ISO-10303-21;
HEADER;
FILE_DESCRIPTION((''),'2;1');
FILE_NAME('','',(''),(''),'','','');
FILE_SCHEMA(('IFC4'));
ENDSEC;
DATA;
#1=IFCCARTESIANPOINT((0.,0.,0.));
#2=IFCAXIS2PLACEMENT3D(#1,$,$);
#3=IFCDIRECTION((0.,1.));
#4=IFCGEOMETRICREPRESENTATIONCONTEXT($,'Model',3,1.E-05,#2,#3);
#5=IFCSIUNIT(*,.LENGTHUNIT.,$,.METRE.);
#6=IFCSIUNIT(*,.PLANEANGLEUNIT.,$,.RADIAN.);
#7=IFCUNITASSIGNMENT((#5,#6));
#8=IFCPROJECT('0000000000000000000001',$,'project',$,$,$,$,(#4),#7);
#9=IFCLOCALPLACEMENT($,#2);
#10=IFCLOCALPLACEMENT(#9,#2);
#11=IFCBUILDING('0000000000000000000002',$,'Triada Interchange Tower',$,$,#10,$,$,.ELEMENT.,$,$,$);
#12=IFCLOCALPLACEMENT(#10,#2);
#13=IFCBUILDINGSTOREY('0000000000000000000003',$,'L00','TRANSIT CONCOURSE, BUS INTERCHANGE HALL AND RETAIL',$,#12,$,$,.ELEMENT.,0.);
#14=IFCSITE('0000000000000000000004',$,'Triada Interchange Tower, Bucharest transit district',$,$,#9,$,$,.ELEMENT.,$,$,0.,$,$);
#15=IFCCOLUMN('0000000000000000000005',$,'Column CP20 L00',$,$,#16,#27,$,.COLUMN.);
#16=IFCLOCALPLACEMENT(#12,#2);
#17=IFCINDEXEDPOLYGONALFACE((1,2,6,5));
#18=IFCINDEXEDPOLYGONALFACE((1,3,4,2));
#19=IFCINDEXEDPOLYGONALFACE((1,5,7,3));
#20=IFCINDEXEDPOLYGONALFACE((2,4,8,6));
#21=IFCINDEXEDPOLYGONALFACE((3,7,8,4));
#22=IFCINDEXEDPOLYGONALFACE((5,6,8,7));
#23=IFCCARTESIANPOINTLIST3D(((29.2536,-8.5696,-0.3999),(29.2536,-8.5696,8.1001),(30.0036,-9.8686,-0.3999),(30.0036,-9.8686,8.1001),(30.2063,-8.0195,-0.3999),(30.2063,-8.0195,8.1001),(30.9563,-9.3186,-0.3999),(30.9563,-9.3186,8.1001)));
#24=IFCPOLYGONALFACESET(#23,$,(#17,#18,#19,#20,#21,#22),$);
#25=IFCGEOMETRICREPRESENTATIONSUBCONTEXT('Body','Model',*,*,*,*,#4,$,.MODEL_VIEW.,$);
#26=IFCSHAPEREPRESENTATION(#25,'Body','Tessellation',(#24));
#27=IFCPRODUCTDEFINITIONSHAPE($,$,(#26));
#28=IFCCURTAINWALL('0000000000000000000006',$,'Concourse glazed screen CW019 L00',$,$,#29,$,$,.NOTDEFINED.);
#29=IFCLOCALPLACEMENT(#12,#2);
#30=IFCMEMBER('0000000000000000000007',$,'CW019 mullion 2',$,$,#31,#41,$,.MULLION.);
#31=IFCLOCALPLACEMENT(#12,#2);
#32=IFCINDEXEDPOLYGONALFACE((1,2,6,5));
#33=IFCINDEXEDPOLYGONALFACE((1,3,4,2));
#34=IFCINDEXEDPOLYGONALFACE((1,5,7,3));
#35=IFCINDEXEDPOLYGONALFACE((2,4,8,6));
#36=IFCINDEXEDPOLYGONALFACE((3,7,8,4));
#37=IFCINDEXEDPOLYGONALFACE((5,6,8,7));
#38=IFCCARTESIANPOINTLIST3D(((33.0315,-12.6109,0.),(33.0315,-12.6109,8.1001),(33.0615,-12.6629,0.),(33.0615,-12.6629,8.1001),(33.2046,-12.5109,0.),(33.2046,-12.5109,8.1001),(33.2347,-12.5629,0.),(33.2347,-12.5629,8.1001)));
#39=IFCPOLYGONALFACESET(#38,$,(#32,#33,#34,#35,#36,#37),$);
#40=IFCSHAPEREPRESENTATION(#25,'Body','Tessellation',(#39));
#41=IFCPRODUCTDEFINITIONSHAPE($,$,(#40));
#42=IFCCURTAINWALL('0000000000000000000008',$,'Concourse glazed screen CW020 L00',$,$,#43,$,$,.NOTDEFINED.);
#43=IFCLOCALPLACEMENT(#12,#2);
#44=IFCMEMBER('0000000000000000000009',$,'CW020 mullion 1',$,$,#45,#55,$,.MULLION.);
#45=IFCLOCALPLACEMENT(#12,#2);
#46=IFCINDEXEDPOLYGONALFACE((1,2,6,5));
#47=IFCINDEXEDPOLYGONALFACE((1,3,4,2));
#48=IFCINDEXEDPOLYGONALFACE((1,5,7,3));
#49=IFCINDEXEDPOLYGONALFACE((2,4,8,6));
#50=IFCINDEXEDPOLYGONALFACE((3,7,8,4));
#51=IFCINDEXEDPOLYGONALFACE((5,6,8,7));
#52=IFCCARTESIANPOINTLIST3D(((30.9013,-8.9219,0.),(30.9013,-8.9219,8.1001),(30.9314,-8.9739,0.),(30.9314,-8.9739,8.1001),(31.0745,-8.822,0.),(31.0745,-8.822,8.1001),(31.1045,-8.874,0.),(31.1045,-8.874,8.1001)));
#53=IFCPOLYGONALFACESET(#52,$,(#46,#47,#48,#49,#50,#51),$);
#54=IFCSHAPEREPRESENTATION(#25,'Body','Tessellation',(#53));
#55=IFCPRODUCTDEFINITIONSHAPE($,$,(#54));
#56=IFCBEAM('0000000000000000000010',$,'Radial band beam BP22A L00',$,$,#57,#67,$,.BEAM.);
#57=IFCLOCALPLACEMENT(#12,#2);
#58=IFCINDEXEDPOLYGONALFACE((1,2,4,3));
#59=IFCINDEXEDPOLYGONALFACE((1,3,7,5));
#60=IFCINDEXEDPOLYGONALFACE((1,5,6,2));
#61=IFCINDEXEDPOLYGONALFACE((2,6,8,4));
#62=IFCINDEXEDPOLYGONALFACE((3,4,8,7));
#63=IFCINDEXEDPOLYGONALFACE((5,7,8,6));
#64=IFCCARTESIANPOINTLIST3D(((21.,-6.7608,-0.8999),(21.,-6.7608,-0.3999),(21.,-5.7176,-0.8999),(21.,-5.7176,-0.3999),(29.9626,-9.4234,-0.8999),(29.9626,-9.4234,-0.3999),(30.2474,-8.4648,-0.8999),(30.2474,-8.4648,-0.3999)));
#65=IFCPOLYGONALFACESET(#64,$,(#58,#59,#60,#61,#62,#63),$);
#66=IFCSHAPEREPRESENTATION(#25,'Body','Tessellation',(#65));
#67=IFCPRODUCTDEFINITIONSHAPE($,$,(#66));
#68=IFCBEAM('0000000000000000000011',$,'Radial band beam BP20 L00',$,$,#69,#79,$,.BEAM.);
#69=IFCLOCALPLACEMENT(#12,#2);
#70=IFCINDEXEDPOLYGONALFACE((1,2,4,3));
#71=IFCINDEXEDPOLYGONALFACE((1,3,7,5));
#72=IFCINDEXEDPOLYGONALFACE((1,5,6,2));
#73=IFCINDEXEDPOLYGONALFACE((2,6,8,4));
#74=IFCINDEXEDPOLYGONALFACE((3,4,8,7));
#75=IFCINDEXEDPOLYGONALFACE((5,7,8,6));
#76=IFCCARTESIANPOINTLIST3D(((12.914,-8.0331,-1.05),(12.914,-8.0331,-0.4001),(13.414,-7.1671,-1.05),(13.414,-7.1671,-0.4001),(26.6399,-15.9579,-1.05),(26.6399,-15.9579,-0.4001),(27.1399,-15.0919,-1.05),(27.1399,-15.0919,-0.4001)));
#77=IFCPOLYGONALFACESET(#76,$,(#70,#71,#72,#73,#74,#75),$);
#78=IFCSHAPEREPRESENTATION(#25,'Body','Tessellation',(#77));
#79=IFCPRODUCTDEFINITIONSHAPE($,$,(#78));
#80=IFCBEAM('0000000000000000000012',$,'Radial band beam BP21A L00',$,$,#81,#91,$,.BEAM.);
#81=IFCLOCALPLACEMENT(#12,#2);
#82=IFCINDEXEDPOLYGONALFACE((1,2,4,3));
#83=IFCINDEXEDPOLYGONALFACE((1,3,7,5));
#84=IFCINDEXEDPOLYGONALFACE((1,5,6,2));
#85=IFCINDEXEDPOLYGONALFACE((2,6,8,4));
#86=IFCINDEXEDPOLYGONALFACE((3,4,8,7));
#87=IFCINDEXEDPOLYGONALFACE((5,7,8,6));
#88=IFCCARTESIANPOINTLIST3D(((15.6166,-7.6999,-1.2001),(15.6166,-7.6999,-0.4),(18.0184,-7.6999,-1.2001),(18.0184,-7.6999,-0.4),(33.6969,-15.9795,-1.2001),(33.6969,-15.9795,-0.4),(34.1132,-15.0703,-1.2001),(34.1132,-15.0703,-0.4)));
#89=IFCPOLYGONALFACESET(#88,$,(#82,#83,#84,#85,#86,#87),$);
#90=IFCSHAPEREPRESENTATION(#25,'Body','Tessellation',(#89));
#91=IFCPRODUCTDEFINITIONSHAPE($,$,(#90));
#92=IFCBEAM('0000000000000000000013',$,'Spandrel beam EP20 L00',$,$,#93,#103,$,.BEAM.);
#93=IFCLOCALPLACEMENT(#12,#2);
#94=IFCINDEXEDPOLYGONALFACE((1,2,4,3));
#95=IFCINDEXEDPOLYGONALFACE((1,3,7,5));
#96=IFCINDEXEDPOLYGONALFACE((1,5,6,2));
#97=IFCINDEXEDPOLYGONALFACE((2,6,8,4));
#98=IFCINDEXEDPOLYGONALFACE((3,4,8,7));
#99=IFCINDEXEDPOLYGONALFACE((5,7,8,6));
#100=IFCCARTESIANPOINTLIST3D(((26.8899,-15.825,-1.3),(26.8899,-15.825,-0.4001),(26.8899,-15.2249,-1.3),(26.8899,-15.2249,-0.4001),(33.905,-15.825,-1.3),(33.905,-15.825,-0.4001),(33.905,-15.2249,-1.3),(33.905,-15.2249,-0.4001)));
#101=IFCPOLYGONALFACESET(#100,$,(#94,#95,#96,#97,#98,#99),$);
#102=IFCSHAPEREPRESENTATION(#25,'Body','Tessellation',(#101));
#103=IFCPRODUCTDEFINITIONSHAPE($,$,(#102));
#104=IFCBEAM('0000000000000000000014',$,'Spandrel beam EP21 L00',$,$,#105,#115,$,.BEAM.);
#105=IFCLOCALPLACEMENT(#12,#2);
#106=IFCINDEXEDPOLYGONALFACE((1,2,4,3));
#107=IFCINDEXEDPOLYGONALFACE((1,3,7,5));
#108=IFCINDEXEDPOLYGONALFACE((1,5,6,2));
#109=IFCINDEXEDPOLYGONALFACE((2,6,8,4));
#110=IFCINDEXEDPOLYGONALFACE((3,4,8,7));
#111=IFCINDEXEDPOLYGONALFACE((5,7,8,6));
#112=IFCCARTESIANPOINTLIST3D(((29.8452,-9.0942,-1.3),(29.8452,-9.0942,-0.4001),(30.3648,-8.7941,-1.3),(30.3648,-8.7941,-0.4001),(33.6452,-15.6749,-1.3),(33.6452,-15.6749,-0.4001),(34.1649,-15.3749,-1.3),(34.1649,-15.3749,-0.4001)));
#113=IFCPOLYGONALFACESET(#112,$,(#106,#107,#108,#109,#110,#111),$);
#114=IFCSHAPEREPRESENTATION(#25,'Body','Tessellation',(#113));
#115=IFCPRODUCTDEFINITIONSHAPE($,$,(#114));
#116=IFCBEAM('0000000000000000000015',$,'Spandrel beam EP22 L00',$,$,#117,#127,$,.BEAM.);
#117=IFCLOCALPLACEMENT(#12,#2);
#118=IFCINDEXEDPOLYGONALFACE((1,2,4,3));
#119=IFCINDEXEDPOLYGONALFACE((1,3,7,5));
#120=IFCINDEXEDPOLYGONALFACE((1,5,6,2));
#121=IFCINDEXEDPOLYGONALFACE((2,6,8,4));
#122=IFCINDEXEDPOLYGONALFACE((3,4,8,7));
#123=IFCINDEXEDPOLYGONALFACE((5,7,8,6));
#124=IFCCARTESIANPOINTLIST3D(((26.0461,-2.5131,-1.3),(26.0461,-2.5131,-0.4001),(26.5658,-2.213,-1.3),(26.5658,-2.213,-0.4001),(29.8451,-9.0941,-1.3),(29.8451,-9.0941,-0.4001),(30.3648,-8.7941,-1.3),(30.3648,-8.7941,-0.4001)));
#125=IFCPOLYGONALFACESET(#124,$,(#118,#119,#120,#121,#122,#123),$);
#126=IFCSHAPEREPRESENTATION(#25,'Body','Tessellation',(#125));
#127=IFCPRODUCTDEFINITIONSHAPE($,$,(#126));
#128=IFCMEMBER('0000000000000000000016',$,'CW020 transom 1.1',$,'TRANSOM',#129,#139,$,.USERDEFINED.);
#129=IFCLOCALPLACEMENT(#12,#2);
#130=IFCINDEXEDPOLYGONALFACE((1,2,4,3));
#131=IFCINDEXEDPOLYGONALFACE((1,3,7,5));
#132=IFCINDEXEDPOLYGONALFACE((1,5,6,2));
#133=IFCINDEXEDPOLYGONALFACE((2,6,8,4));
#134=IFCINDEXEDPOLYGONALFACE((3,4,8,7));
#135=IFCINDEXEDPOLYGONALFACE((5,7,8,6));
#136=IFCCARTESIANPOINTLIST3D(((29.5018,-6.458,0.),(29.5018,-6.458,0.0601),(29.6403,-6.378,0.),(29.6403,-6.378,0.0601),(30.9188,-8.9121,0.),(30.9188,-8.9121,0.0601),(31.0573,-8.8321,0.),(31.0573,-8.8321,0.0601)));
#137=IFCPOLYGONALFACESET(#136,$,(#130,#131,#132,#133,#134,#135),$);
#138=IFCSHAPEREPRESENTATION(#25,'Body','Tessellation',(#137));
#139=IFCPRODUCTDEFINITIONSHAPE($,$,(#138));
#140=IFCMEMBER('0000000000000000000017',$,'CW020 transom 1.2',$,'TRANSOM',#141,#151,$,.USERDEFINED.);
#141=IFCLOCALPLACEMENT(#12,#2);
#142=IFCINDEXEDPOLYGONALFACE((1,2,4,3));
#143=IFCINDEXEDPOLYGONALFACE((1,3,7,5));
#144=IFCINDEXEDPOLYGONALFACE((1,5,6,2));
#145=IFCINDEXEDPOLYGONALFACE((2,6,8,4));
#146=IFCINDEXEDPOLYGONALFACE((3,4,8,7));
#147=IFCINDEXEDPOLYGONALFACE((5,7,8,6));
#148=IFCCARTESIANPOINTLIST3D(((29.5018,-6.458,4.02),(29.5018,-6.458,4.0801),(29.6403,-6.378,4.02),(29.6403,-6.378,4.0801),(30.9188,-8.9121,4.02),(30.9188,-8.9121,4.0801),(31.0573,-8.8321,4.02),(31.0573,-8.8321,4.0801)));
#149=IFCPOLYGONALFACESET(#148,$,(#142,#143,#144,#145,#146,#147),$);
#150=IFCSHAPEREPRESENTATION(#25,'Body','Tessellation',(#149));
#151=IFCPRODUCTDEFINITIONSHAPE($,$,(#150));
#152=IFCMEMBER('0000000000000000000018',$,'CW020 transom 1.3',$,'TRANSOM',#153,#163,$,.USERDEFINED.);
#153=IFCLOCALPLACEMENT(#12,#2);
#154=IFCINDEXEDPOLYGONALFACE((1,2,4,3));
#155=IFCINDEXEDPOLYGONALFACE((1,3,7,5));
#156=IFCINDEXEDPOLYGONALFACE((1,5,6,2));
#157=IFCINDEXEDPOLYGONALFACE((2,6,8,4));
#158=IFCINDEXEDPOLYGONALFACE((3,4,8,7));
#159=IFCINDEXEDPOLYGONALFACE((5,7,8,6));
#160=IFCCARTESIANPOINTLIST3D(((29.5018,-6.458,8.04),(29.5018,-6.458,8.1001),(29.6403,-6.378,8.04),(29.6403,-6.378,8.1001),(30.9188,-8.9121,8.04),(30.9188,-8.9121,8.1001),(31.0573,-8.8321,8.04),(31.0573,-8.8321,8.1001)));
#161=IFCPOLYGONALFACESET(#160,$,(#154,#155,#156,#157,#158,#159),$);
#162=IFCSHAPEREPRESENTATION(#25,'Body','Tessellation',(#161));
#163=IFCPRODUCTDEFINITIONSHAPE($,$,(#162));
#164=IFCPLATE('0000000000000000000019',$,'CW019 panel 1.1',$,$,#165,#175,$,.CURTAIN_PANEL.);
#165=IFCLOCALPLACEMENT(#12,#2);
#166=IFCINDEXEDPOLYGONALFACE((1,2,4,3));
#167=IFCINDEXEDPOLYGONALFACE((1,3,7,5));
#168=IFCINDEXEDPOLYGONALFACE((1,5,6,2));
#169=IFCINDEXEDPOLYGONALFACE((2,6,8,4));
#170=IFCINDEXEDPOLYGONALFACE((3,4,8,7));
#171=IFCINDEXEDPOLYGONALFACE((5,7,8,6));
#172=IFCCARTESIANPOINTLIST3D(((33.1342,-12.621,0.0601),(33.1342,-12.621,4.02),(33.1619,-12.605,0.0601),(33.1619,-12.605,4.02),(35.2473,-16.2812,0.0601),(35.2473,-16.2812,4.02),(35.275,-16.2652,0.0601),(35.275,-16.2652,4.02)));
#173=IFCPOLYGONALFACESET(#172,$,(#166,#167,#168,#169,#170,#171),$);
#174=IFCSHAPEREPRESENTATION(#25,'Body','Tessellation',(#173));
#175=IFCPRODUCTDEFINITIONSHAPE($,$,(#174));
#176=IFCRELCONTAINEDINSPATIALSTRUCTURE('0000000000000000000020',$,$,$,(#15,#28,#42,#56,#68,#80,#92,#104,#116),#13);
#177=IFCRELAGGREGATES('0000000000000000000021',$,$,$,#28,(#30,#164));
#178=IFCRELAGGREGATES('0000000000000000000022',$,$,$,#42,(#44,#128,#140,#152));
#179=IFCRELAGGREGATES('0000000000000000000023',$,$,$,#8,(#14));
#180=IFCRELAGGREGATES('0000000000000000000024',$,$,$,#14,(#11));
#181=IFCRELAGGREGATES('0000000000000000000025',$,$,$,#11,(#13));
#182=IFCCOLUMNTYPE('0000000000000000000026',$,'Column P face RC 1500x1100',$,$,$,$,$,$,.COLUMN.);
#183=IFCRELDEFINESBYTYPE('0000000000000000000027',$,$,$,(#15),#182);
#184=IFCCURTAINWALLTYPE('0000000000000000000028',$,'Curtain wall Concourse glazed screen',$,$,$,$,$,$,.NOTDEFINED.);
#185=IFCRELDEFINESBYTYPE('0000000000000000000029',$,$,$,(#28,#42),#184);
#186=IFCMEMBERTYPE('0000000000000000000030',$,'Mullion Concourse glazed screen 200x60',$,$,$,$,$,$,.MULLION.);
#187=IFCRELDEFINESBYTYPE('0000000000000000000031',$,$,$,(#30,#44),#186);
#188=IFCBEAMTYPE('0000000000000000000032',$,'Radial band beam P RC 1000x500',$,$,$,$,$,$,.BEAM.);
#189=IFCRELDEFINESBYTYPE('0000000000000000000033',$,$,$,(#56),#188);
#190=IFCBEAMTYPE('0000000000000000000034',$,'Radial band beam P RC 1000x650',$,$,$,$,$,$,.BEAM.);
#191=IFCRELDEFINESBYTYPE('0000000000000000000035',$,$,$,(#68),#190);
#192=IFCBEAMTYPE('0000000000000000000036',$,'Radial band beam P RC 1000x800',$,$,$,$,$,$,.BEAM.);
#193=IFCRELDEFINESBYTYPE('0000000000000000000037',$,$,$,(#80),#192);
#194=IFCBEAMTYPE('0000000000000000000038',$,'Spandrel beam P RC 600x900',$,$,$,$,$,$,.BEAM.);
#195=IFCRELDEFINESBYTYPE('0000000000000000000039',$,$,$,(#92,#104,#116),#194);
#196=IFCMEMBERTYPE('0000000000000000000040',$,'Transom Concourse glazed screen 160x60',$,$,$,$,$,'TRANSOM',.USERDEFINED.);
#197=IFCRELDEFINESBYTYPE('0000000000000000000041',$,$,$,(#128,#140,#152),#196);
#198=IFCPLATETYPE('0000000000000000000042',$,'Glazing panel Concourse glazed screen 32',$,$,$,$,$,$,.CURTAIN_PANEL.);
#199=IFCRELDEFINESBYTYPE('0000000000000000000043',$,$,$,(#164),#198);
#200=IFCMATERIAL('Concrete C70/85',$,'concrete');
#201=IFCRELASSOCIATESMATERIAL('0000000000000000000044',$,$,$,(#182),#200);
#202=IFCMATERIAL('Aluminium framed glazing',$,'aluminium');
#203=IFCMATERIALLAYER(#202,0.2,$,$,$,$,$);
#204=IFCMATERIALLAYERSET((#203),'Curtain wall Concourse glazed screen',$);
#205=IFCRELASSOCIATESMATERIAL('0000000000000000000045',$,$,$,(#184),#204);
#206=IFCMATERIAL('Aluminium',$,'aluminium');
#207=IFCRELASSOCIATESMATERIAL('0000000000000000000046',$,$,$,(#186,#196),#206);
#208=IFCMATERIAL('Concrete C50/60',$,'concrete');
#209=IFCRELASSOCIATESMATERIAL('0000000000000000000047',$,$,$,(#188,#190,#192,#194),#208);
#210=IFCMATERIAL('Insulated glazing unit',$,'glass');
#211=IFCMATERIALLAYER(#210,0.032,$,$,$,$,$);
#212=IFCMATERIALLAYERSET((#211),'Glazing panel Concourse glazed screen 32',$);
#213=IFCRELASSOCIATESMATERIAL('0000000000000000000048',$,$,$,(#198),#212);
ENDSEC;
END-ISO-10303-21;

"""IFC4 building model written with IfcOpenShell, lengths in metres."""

from ifc_helpers import new_model, si_unit, direction, frame, origin, origin_2d, place, context, subcontext, project, spatial, rectangle, extrude, clip, halfspace, material, layer, layer_set, material_profile, profile_set, type_object, element, aggregate, save


model = new_model("IFC4")

# Units and contexts
model_context = context("Model", 3, precision=1e-05, world=origin(), true_north=direction((0.0, 1.0)))
body_context = subcontext(model_context, "Body", "Model", "MODEL_VIEW")
ifc_project = project(units=[si_unit("LENGTHUNIT", "METRE"), si_unit("PLANEANGLEUNIT", "RADIAN")], contexts=[model_context])

# Site, building, storey
site_placement = place(None, origin())
site = spatial("IfcSite", under=ifc_project, at=site_placement, Name="Triada Interchange Tower, Bucharest transit district", CompositionType="ELEMENT", RefElevation=0.0)
building_placement = place(site_placement, origin())
building = spatial("IfcBuilding", under=site, at=building_placement, Name="Triada Interchange Tower", CompositionType="ELEMENT")
storey_placement = place(building_placement, origin())
storey = spatial("IfcBuildingStorey", under=building, at=storey_placement, Name="L00", Description="TRANSIT CONCOURSE, BUS INTERCHANGE HALL AND RETAIL", CompositionType="ELEMENT", Elevation=0.0)

# Column
ifc_material_1 = material(Name="Concrete C70/85", Category="concrete")
ifc_material_profile_1 = material_profile(ifc_material_1, rectangle(XDim=1.5, YDim=1.1001, at=origin_2d()), Name="RC 1500x1100")
ifc_profile_set_1 = profile_set([ifc_material_profile_1], Name="Concrete C70/85")
column_type = type_object("IfcColumnType", Name="Column P face RC 1500x1100", PredefinedType="COLUMN", material=ifc_profile_set_1)
column_placement = place(storey_placement, frame((30.105, -8.9441, -0.3999), z_axis=(0.0, 0.0, 1.0), x_axis=(-0.5, 0.866025, 0.0)))
element("IfcColumn", 1, at=column_placement, inside=storey, type_object=column_type, Name="Column CP20 L00", PredefinedType="COLUMN", context=body_context, shape_type="SweptSolid", body=[
    extrude(rectangle(XDim=1.5, YDim=1.1001, at=origin_2d()), origin(), (0.0, 0.0, 1.0), 8.5),
])

# Curtain walls, members
ifc_material_2 = material(Name="Aluminium framed glazing", Category="aluminium")
ifc_layer_1 = layer(ifc_material_2, 0.2)
ifc_layer_set_1 = layer_set([ifc_layer_1], Name="Curtain wall Concourse glazed screen")
curtain_wall_type = type_object("IfcCurtainWallType", Name="Curtain wall Concourse glazed screen", PredefinedType="NOTDEFINED", material=ifc_layer_set_1)
curtain_wall_1_placement = place(storey_placement, origin())
curtain_wall_1 = element("IfcCurtainWall", 2, at=curtain_wall_1_placement, inside=storey, type_object=curtain_wall_type, Name="Concourse glazed screen CW019 L00", PredefinedType="NOTDEFINED")
ifc_material_3 = material(Name="Aluminium", Category="aluminium")
ifc_material_profile_2 = material_profile(ifc_material_3, rectangle(XDim=0.2, YDim=0.0601, at=origin_2d()), Name="Aluminium mullion")
ifc_profile_set_2 = profile_set([ifc_material_profile_2], Name="Aluminium")
member_type_1 = type_object("IfcMemberType", Name="Mullion Concourse glazed screen 200x60", PredefinedType="MULLION", material=ifc_profile_set_2)
member_1_placement = place(storey_placement, frame((33.1331, -12.5869, 0.0), z_axis=(0.0, 0.0, 1.0), x_axis=(-0.86604, -0.499975, 0.0)))
member_1 = element("IfcMember", 3, at=member_1_placement, type_object=member_type_1, Name="CW019 mullion 2", PredefinedType="MULLION", context=body_context, shape_type="SweptSolid", body=[
    extrude(rectangle(XDim=0.2, YDim=0.0601, at=origin_2d()), origin(), (0.0, 0.0, 1.0), 8.1001),
])
curtain_wall_2_placement = place(storey_placement, origin())
curtain_wall_2 = element("IfcCurtainWall", 4, at=curtain_wall_2_placement, inside=storey, type_object=curtain_wall_type, Name="Concourse glazed screen CW020 L00", PredefinedType="NOTDEFINED")
member_2_placement = place(storey_placement, frame((31.0029, -8.8979, 0.0), z_axis=(0.0, 0.0, 1.0), x_axis=(-0.866005, -0.500035, 0.0)))
member_2 = element("IfcMember", 5, at=member_2_placement, type_object=member_type_1, Name="CW020 mullion 1", PredefinedType="MULLION", context=body_context, shape_type="SweptSolid", body=[
    extrude(rectangle(XDim=0.2, YDim=0.0601, at=origin_2d()), origin(), (0.0, 0.0, 1.0), 8.1001),
])

# Beams
ifc_material_4 = material(Name="Concrete C50/60", Category="concrete")
ifc_material_profile_3 = material_profile(ifc_material_4, rectangle(XDim=1.0, YDim=0.5, at=origin_2d()), Name="RC 1000x500")
ifc_profile_set_3 = profile_set([ifc_material_profile_3], Name="Concrete C50/60")
beam_type_1 = type_object("IfcBeamType", Name="Radial band beam P RC 1000x500", PredefinedType="BEAM", material=ifc_profile_set_3)
beam_1_placement = place(storey_placement, frame((30.105, -8.9441, -0.6499), z_axis=(-0.958594, 0.284777, 0.0), x_axis=(-0.284777, -0.958594, 0.0)))
element("IfcBeam", 6, at=beam_1_placement, inside=storey, type_object=beam_type_1, Name="Radial band beam BP22A L00", PredefinedType="BEAM", context=body_context, shape_type="Clipping", body=[
    clip(extrude(rectangle(XDim=1.0, YDim=0.5, at=origin_2d()), origin(), (0.0, 0.0, 1.0), 10.9983), halfspace(frame((-1.8589, 0.6499, 10.0505), z_axis=(0.284777, 0.0, 0.958594), x_axis=(0.0, -1.0, 0.0)), False)),
])
ifc_material_profile_4 = material_profile(ifc_material_4, rectangle(XDim=1.0, YDim=0.6499, at=origin_2d()), Name="RC 1000x650")
ifc_profile_set_4 = profile_set([ifc_material_profile_4], Name="Concrete C50/60")
beam_type_2 = type_object("IfcBeamType", Name="Radial band beam P RC 1000x650", PredefinedType="BEAM", material=ifc_profile_set_4)
beam_2_placement = place(storey_placement, frame((26.8899, -15.5249, -0.7251), z_axis=(-0.86602, 0.500009, 0.0), x_axis=(-0.500009, -0.86602, 0.0)))
element("IfcBeam", 7, at=beam_2_placement, inside=storey, type_object=beam_type_2, Name="Radial band beam BP20 L00", PredefinedType="BEAM", context=body_context, shape_type="SweptSolid", body=[
    extrude(rectangle(XDim=1.0, YDim=0.6499, at=origin_2d()), origin(), (0.0, 0.0, 1.0), 15.8494),
])
ifc_material_profile_5 = material_profile(ifc_material_4, rectangle(XDim=1.0, YDim=0.8, at=origin_2d()), Name="RC 1000x800")
ifc_profile_set_5 = profile_set([ifc_material_profile_5], Name="Concrete C50/60")
beam_type_3 = type_object("IfcBeamType", Name="Radial band beam P RC 1000x800", PredefinedType="BEAM", material=ifc_profile_set_5)
beam_3_placement = place(storey_placement, frame((33.905, -15.5249, -0.8), z_axis=(-0.909201, 0.416358, 0.0), x_axis=(-0.416358, -0.909201, 0.0)))
element("IfcBeam", 8, at=beam_3_placement, inside=storey, type_object=beam_type_3, Name="Radial band beam BP21A L00", PredefinedType="BEAM", context=body_context, shape_type="Clipping", body=[
    clip(extrude(rectangle(XDim=1.0, YDim=0.8, at=origin_2d()), origin(), (0.0, 0.0, 1.0), 20.2949), halfspace(frame((-1.7415, 0.8, 14.9912), z_axis=(-0.909201, 0.0, 0.416358), x_axis=(0.0, 1.0, 0.0)), False)),
])
ifc_material_profile_6 = material_profile(ifc_material_4, rectangle(XDim=0.6001, YDim=0.8999, at=origin_2d()), Name="RC 600x900")
ifc_profile_set_6 = profile_set([ifc_material_profile_6], Name="Concrete C50/60")
beam_type_4 = type_object("IfcBeamType", Name="Spandrel beam P RC 600x900", PredefinedType="BEAM", material=ifc_profile_set_6)
beam_4_placement = place(storey_placement, frame((26.8899, -15.5249, -0.8501), z_axis=(1.0, 0.0, 0.0), x_axis=(0.0, 1.0, 0.0)))
element("IfcBeam", 9, at=beam_4_placement, inside=storey, type_object=beam_type_4, Name="Spandrel beam EP20 L00", PredefinedType="BEAM", context=body_context, shape_type="SweptSolid", body=[
    extrude(rectangle(XDim=0.6001, YDim=0.8999, at=origin_2d()), origin(), (0.0, 0.0, 1.0), 7.0151),
])
beam_5_placement = place(storey_placement, frame((33.905, -15.5249, -0.8501), z_axis=(-0.500061, 0.86599, 0.0), x_axis=(-0.86599, -0.500061, 0.0)))
element("IfcBeam", 10, at=beam_5_placement, inside=storey, type_object=beam_type_4, Name="Spandrel beam EP21 L00", PredefinedType="BEAM", context=body_context, shape_type="SweptSolid", body=[
    extrude(rectangle(XDim=0.6001, YDim=0.8999, at=origin_2d()), origin(), (0.0, 0.0, 1.0), 7.5991),
])
beam_6_placement = place(storey_placement, frame((30.105, -8.9441, -0.8501), z_axis=(-0.499951, 0.866054, 0.0), x_axis=(-0.866054, -0.499951, 0.0)))
element("IfcBeam", 11, at=beam_6_placement, inside=storey, type_object=beam_type_4, Name="Spandrel beam EP22 L00", PredefinedType="BEAM", context=body_context, shape_type="SweptSolid", body=[
    extrude(rectangle(XDim=0.6001, YDim=0.8999, at=origin_2d()), origin(), (0.0, 0.0, 1.0), 7.5989),
])

# Members
ifc_material_profile_7 = material_profile(ifc_material_3, rectangle(XDim=0.1599, YDim=0.0601, at=origin_2d()), Name="Aluminium transom")
ifc_profile_set_7 = profile_set([ifc_material_profile_7], Name="Aluminium")
member_type_2 = type_object("IfcMemberType", Name="Transom Concourse glazed screen 160x60", ElementType="TRANSOM", PredefinedType="USERDEFINED", material=ifc_profile_set_7)
member_3_placement = place(storey_placement, frame((30.988, -8.8721, 0.03), z_axis=(-0.500031, 0.866008, 0.0), x_axis=(-0.866008, -0.500031, 0.0)))
member_3 = element("IfcMember", 12, at=member_3_placement, type_object=member_type_2, Name="CW020 transom 1.1", ObjectType="TRANSOM", PredefinedType="USERDEFINED", context=body_context, shape_type="SweptSolid", body=[
    extrude(rectangle(XDim=0.1599, YDim=0.0601, at=origin_2d()), origin(), (0.0, 0.0, 1.0), 2.8337),
])
member_4_placement = place(storey_placement, frame((30.988, -8.8721, 4.05), z_axis=(-0.500031, 0.866008, 0.0), x_axis=(-0.866008, -0.500031, 0.0)))
member_4 = element("IfcMember", 13, at=member_4_placement, type_object=member_type_2, Name="CW020 transom 1.2", ObjectType="TRANSOM", PredefinedType="USERDEFINED", context=body_context, shape_type="SweptSolid", body=[
    extrude(rectangle(XDim=0.1599, YDim=0.0601, at=origin_2d()), origin(), (0.0, 0.0, 1.0), 2.8337),
])
member_5_placement = place(storey_placement, frame((30.988, -8.8721, 8.0701), z_axis=(-0.500031, 0.866008, 0.0), x_axis=(-0.866008, -0.500031, 0.0)))
member_5 = element("IfcMember", 14, at=member_5_placement, type_object=member_type_2, Name="CW020 transom 1.3", ObjectType="TRANSOM", PredefinedType="USERDEFINED", context=body_context, shape_type="SweptSolid", body=[
    extrude(rectangle(XDim=0.1599, YDim=0.0601, at=origin_2d()), origin(), (0.0, 0.0, 1.0), 2.8337),
])

# Plate
ifc_material_5 = material(Name="Insulated glazing unit", Category="glass")
ifc_layer_2 = layer(ifc_material_5, 0.032)
ifc_layer_set_2 = layer_set([ifc_layer_2], Name="Glazing panel Concourse glazed screen 32")
plate_type = type_object("IfcPlateType", Name="Glazing panel Concourse glazed screen 32", PredefinedType="CURTAIN_PANEL", material=ifc_layer_set_2)
plate_1_placement = place(storey_placement, frame((34.2046, -14.4431, 0.0601), z_axis=(0.0, 0.0, 1.0), x_axis=(-0.499975, 0.86604, 0.0)))
plate_1 = element("IfcPlate", 15, at=plate_1_placement, type_object=plate_type, Name="CW019 panel 1.1", PredefinedType="CURTAIN_PANEL", context=body_context, shape_type="SweptSolid", body=[
    extrude(rectangle(XDim=4.2263, YDim=0.032, at=origin_2d()), origin(), (0.0, 0.0, 1.0), 3.96),
])
aggregate(curtain_wall_1, [member_1, plate_1])
aggregate(curtain_wall_2, [member_2, member_3, member_4, member_5])

save(model, "model.ifc")
